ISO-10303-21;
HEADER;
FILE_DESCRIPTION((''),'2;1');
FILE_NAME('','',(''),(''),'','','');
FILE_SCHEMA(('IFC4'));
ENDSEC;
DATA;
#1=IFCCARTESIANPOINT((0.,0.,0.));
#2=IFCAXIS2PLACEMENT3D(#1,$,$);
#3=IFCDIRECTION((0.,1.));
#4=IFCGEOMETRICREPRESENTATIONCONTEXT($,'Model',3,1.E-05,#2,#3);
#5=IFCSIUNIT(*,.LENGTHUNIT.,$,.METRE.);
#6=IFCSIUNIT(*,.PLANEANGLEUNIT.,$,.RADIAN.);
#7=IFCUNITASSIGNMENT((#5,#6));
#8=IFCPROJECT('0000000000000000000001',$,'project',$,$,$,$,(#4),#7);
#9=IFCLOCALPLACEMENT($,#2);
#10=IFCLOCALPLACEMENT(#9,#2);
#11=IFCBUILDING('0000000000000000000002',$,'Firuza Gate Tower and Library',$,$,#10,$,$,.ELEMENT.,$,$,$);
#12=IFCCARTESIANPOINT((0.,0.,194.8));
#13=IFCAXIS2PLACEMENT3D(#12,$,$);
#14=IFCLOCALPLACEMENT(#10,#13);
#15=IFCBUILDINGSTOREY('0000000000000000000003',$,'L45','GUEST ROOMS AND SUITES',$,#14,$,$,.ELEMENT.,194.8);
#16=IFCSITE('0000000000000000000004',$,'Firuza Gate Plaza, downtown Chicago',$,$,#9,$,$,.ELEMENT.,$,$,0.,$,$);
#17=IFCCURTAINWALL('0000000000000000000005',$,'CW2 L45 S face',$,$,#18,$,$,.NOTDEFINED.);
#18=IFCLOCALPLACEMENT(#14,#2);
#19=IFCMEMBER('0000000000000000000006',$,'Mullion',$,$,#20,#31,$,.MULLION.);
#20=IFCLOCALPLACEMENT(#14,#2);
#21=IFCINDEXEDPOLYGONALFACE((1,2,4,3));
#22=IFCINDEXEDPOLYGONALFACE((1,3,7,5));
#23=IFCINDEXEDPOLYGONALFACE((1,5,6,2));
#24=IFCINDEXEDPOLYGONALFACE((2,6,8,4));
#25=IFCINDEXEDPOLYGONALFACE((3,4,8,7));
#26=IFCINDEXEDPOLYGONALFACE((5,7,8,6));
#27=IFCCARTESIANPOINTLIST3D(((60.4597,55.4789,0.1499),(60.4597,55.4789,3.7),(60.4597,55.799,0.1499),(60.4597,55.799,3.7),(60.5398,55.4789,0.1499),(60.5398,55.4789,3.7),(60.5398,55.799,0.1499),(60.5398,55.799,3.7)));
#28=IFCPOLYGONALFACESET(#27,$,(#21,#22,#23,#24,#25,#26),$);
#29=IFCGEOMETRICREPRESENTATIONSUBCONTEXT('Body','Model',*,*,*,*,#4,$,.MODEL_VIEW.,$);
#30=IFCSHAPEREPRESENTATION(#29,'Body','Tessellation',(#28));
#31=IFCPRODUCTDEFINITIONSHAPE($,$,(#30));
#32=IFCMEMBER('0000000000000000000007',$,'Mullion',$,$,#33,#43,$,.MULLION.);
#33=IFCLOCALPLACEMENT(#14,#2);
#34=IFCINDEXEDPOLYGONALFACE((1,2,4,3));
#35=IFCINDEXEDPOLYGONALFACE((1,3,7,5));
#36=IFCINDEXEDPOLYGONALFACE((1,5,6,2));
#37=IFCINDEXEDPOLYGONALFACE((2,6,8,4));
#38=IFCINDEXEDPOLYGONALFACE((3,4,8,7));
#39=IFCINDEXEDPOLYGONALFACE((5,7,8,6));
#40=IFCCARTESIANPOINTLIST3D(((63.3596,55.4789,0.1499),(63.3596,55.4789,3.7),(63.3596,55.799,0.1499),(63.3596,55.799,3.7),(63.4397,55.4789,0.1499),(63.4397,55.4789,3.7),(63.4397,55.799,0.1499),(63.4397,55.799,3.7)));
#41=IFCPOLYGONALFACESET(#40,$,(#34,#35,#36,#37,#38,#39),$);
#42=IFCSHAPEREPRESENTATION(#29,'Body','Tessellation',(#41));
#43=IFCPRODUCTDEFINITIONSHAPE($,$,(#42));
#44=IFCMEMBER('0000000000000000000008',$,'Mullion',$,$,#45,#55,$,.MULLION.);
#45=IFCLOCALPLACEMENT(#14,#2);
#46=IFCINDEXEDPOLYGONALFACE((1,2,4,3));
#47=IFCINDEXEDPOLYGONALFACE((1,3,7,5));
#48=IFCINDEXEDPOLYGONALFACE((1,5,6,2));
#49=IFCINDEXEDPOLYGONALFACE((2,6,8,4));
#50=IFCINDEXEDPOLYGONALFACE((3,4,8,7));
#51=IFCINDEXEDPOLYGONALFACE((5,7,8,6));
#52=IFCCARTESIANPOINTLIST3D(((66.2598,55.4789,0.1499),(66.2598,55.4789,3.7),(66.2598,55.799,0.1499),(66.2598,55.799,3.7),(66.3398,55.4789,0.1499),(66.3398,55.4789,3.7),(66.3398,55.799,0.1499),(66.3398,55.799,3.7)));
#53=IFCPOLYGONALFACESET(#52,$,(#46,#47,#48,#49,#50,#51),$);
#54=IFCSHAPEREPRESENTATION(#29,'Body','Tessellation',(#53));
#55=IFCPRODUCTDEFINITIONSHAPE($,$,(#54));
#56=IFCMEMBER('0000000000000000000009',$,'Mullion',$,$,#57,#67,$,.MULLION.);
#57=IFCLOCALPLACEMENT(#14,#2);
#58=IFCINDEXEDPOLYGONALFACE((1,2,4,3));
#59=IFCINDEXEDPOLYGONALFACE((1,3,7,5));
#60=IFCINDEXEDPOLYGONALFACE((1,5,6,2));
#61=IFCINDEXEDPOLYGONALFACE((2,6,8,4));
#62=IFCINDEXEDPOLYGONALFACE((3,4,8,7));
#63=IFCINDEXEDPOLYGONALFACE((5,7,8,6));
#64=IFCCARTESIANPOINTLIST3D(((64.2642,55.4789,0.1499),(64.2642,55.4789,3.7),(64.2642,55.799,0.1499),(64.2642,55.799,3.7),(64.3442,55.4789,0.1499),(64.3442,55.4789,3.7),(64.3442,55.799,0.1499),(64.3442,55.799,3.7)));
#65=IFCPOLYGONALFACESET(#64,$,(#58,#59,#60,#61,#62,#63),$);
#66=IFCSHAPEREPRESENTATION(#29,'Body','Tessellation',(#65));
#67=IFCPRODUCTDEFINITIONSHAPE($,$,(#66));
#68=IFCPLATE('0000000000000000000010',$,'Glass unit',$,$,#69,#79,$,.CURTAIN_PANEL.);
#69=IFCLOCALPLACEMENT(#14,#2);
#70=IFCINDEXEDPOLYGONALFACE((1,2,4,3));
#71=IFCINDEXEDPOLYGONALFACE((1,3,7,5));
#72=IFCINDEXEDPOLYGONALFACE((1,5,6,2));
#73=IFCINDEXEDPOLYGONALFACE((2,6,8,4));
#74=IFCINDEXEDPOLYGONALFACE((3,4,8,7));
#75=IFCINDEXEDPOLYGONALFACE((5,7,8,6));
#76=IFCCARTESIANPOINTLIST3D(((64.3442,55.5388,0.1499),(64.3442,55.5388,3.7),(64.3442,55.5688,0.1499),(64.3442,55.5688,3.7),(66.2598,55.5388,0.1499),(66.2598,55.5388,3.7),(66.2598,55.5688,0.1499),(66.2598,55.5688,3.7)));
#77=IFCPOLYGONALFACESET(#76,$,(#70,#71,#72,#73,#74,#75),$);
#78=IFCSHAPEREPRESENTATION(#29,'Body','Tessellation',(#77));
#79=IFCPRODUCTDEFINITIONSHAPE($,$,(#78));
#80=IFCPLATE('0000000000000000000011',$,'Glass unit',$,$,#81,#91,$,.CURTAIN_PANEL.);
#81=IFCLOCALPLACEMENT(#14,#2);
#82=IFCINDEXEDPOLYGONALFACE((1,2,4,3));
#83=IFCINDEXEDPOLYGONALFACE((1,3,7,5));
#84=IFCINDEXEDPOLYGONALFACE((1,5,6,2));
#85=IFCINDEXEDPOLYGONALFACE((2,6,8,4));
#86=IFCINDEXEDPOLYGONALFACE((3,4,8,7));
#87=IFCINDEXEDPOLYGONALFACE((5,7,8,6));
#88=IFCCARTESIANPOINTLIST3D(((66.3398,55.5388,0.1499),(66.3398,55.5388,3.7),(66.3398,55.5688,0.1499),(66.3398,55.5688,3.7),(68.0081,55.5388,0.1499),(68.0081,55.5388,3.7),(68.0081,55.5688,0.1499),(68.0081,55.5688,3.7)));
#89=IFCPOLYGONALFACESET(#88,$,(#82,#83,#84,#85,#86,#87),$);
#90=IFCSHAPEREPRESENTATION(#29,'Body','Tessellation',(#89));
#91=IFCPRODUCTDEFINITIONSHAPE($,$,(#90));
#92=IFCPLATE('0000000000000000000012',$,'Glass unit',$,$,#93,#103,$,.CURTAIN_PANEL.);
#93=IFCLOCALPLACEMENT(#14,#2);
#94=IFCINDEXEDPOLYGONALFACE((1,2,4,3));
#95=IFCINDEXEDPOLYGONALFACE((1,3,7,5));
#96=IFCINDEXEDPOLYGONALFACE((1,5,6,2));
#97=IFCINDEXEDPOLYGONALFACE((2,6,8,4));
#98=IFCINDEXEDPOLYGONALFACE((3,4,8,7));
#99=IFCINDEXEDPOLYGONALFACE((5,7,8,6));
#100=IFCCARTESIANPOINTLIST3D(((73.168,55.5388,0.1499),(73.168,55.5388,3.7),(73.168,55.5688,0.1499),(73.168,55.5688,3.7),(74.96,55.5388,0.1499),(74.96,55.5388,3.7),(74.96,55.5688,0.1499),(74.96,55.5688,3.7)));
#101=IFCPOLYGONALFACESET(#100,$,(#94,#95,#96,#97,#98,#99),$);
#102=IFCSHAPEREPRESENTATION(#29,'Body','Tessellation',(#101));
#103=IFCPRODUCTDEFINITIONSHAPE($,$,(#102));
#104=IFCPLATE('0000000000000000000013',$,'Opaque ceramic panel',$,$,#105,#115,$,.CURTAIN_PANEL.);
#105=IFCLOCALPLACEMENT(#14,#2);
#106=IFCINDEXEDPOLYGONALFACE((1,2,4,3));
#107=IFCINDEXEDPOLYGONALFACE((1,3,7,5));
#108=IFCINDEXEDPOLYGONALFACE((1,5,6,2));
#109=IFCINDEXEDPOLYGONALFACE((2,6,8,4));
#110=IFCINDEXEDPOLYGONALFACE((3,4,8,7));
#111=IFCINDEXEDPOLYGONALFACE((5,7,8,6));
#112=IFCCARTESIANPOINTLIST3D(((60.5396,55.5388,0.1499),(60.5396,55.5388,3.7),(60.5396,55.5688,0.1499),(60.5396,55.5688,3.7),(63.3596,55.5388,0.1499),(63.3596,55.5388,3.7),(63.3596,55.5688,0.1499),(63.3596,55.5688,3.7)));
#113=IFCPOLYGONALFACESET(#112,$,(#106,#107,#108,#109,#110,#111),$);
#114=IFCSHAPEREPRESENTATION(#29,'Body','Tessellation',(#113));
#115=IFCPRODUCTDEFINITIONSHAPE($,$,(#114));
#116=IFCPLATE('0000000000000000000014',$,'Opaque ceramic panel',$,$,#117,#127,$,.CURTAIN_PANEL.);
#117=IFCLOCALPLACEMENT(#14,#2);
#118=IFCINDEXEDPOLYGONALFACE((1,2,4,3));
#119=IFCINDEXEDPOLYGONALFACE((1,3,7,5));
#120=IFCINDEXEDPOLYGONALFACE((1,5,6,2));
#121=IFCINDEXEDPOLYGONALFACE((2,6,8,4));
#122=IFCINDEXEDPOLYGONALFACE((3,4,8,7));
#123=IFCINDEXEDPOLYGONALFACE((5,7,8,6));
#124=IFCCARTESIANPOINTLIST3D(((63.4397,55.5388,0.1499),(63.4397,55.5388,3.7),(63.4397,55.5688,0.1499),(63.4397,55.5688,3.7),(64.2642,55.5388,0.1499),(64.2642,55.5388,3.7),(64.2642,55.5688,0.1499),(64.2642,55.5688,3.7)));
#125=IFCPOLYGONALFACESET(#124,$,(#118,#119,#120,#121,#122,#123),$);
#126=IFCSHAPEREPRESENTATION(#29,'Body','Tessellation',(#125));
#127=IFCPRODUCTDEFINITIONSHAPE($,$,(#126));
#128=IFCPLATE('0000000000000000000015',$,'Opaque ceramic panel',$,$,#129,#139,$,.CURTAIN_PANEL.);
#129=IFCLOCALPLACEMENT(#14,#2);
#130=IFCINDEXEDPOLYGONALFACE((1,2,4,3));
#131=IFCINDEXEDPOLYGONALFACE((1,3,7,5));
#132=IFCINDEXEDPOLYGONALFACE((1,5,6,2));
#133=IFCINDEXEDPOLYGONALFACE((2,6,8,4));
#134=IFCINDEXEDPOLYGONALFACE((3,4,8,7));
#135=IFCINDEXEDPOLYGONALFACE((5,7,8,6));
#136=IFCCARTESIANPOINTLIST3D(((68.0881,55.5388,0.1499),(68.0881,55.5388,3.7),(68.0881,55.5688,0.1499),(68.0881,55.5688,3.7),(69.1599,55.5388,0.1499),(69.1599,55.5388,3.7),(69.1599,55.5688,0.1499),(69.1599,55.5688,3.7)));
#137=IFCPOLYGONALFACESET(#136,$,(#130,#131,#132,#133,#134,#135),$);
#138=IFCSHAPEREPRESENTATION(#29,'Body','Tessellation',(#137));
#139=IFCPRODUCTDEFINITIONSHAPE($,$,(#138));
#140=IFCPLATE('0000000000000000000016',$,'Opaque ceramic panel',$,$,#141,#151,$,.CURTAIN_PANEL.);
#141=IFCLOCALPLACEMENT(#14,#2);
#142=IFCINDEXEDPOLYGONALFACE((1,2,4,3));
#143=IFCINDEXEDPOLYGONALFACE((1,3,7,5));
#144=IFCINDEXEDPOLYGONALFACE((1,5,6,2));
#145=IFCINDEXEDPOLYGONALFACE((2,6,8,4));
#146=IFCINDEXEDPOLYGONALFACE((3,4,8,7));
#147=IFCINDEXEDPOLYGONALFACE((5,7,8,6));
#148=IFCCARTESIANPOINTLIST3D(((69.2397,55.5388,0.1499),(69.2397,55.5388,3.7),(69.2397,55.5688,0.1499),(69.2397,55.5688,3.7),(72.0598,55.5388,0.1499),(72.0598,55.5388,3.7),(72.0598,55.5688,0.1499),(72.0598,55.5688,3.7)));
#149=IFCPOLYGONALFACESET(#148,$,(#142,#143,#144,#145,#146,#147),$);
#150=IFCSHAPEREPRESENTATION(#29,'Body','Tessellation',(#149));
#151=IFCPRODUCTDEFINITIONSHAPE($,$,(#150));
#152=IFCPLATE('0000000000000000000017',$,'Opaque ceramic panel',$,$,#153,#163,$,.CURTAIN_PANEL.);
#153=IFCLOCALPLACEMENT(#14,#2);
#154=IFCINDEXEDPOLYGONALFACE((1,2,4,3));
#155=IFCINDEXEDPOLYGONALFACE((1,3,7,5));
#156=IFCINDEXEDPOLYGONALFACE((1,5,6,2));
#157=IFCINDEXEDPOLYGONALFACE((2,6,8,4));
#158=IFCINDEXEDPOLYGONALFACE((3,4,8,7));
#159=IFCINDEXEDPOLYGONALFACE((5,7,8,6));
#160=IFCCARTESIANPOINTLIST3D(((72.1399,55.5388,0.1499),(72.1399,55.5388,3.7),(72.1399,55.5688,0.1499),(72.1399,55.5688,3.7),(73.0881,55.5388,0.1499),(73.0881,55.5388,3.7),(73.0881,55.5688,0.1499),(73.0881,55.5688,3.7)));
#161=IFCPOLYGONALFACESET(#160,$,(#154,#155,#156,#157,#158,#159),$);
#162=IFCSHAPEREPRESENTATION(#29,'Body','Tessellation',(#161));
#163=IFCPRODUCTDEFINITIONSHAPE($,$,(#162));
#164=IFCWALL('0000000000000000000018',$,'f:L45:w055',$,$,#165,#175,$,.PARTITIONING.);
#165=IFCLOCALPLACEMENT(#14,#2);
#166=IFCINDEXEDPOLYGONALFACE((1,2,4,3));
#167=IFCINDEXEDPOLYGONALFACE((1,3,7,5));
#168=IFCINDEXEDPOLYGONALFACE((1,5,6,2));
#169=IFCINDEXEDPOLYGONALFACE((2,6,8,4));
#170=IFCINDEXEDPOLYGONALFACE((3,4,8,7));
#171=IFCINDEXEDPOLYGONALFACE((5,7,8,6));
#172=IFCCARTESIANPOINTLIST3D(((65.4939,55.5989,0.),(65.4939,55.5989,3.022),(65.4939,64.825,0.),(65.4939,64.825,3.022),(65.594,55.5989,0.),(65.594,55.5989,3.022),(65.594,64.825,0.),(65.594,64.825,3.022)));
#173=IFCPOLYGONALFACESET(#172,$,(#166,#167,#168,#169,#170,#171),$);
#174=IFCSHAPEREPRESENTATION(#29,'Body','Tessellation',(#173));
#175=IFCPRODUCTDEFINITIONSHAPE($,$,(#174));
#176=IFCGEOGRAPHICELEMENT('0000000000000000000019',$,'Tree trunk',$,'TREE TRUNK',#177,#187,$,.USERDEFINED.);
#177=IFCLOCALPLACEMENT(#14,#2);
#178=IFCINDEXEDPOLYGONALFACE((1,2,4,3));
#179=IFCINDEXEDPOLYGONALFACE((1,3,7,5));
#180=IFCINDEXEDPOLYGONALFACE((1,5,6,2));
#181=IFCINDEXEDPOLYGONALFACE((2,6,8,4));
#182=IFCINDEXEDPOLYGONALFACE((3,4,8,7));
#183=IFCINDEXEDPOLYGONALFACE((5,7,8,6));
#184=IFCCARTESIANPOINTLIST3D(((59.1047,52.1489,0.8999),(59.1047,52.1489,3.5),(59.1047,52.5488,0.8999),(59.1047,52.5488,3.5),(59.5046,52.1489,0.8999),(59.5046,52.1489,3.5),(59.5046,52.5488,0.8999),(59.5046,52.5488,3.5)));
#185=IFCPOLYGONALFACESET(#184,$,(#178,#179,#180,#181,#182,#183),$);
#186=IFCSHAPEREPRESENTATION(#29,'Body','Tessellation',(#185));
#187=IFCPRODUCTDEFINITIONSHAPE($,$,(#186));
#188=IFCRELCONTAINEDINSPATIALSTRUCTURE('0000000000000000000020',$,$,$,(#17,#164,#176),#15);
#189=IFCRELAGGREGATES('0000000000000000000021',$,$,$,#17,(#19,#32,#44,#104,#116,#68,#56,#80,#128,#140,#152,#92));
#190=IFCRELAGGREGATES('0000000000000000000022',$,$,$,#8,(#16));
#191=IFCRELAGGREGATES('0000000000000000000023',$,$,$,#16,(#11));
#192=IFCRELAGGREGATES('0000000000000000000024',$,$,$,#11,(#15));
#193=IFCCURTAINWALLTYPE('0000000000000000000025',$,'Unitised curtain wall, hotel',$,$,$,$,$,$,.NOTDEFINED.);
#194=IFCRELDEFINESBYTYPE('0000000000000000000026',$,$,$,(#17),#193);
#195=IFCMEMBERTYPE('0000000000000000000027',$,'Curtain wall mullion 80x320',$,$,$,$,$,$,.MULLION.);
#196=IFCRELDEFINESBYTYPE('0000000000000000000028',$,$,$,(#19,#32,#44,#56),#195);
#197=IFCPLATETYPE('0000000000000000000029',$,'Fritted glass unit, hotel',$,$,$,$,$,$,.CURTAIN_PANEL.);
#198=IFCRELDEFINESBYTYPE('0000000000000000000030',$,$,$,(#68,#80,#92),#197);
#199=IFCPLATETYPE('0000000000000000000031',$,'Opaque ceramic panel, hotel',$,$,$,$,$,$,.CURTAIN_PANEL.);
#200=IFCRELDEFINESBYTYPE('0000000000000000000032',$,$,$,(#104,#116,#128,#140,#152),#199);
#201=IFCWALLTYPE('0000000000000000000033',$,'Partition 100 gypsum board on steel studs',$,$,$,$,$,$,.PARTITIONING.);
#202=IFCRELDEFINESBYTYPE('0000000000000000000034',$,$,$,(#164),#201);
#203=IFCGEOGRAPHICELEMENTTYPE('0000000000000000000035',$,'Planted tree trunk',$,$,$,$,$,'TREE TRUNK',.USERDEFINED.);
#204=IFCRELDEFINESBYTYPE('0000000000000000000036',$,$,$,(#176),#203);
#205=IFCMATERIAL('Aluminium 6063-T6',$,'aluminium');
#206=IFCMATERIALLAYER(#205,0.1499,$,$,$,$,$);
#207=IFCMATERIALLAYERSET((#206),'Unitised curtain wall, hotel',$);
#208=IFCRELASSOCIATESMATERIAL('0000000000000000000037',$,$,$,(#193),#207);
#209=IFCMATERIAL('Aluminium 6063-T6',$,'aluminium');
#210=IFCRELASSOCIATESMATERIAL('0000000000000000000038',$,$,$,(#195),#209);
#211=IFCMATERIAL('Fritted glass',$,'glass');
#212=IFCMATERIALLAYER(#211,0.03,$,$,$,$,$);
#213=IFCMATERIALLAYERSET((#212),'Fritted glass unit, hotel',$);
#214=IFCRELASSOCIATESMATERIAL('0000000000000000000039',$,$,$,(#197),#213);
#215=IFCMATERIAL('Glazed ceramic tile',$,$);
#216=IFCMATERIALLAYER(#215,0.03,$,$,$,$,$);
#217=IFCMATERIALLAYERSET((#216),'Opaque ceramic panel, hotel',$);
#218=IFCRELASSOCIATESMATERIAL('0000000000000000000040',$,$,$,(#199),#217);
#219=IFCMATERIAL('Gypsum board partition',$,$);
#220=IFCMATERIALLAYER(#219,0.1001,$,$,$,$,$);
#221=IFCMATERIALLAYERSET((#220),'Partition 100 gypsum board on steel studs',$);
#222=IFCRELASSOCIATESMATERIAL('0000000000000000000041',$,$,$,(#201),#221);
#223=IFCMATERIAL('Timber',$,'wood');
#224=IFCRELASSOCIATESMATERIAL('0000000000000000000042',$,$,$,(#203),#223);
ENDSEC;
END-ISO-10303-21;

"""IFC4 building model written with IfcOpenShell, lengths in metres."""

from ifc_helpers import new_model, si_unit, direction, frame, frame_2d, origin, origin_2d, place, context, subcontext, project, spatial, polyline, rectangle, outline, extrude, material, layer, layer_set, material_profile, profile_set, type_object, element, aggregate, save


model = new_model("IFC4")

# Units and contexts
model_context = context("Model", 3, precision=1e-05, world=origin(), true_north=direction((0.0, 1.0)))
body_context = subcontext(model_context, "Body", "Model", "MODEL_VIEW")
ifc_project = project(units=[si_unit("LENGTHUNIT", "METRE"), si_unit("PLANEANGLEUNIT", "RADIAN")], contexts=[model_context])

# Site, building, storey
site_placement = place(None, origin())
site = spatial("IfcSite", under=ifc_project, at=site_placement, Name="Firuza Gate Plaza, downtown Chicago", CompositionType="ELEMENT", RefElevation=0.0)
building_placement = place(site_placement, origin())
building = spatial("IfcBuilding", under=site, at=building_placement, Name="Firuza Gate Tower and Library", CompositionType="ELEMENT")
storey_placement = place(building_placement, frame((0.0, 0.0, 194.8)))
storey = spatial("IfcBuildingStorey", under=building, at=storey_placement, Name="L45", Description="GUEST ROOMS AND SUITES", CompositionType="ELEMENT", Elevation=194.8)

# Curtain wall, members, plates
ifc_material_1 = material(Name="Aluminium 6063-T6", Category="aluminium")
ifc_layer_1 = layer(ifc_material_1, 0.1499)
ifc_layer_set_1 = layer_set([ifc_layer_1], Name="Unitised curtain wall, hotel")
curtain_wall_type = type_object("IfcCurtainWallType", Name="Unitised curtain wall, hotel", PredefinedType="NOTDEFINED", material=ifc_layer_set_1)
curtain_wall_placement = place(storey_placement, origin())
curtain_wall = element("IfcCurtainWall", 1, at=curtain_wall_placement, inside=storey, type_object=curtain_wall_type, Name="CW2 L45 S face", PredefinedType="NOTDEFINED")
ifc_material_2 = material(Name="Aluminium 6063-T6", Category="aluminium")
ifc_material_profile = material_profile(ifc_material_2, rectangle(XDim=0.3201, YDim=0.0801, at=origin_2d()))
ifc_profile_set = profile_set([ifc_material_profile], Name="Aluminium 6063-T6")
member_type = type_object("IfcMemberType", Name="Curtain wall mullion 80x320", PredefinedType="MULLION", material=ifc_profile_set)
member_1_placement = place(storey_placement, frame((60.4998, 55.6389, 0.1499), z_axis=(0.0, 0.0, 1.0), x_axis=(0.0, 1.0, 0.0)))
member_1 = element("IfcMember", 2, at=member_1_placement, type_object=member_type, Name="Mullion", PredefinedType="MULLION", context=body_context, shape_type="SweptSolid", body=[
    extrude(rectangle(XDim=0.3201, YDim=0.0801, at=origin_2d()), origin(), (0.0, 0.0, 1.0), 3.55),
])
member_2_placement = place(storey_placement, frame((63.3997, 55.6389, 0.1499), z_axis=(0.0, 0.0, 1.0), x_axis=(0.0, 1.0, 0.0)))
member_2 = element("IfcMember", 3, at=member_2_placement, type_object=member_type, Name="Mullion", PredefinedType="MULLION", context=body_context, shape_type="SweptSolid", body=[
    extrude(rectangle(XDim=0.3201, YDim=0.0801, at=origin_2d()), origin(), (0.0, 0.0, 1.0), 3.55),
])
member_3_placement = place(storey_placement, frame((66.2998, 55.6389, 0.1499), z_axis=(0.0, 0.0, 1.0), x_axis=(0.0, 1.0, 0.0)))
member_3 = element("IfcMember", 4, at=member_3_placement, type_object=member_type, Name="Mullion", PredefinedType="MULLION", context=body_context, shape_type="SweptSolid", body=[
    extrude(rectangle(XDim=0.3201, YDim=0.0801, at=origin_2d()), origin(), (0.0, 0.0, 1.0), 3.55),
])
member_4_placement = place(storey_placement, frame((64.3042, 55.6389, 0.1499), z_axis=(0.0, 0.0, 1.0), x_axis=(0.0, 1.0, 0.0)))
member_4 = element("IfcMember", 5, at=member_4_placement, type_object=member_type, Name="Mullion", PredefinedType="MULLION", context=body_context, shape_type="SweptSolid", body=[
    extrude(rectangle(XDim=0.3201, YDim=0.0801, at=origin_2d()), origin(), (0.0, 0.0, 1.0), 3.55),
])
ifc_material_3 = material(Name="Fritted glass", Category="glass")
ifc_layer_2 = layer(ifc_material_3, 0.03)
ifc_layer_set_2 = layer_set([ifc_layer_2], Name="Fritted glass unit, hotel")
plate_type_1 = type_object("IfcPlateType", Name="Fritted glass unit, hotel", PredefinedType="CURTAIN_PANEL", material=ifc_layer_set_2)
plate_1_placement = place(storey_placement, frame((64.3442, 55.5388, 0.1499), z_axis=(0.0, -1.0, 0.0), x_axis=(1.0, 0.0, 0.0)))
plate_1 = element("IfcPlate", 6, at=plate_1_placement, type_object=plate_type_1, Name="Glass unit", PredefinedType="CURTAIN_PANEL", context=body_context, shape_type="SweptSolid", body=[
    extrude(outline(polyline([(0.0, 0.0), (1.9155, 0.0), (1.9155, 3.55), (0.0, 3.55), (0.0, 0.0)])), origin(), (0.0, 0.0, -1.0), 0.03),
])
plate_2_placement = place(storey_placement, frame((66.3398, 55.5388, 0.1499), z_axis=(0.0, -1.0, 0.0), x_axis=(1.0, 0.0, 0.0)))
plate_2 = element("IfcPlate", 7, at=plate_2_placement, type_object=plate_type_1, Name="Glass unit", PredefinedType="CURTAIN_PANEL", context=body_context, shape_type="SweptSolid", body=[
    extrude(outline(polyline([(0.0, 0.0), (1.6682, 0.0), (1.6682, 3.55), (0.0, 3.55), (0.0, 0.0)])), origin(), (0.0, 0.0, -1.0), 0.03),
])
plate_3_placement = place(storey_placement, frame((73.168, 55.5388, 0.1499), z_axis=(0.0, -1.0, 0.0), x_axis=(1.0, 0.0, 0.0)))
plate_3 = element("IfcPlate", 8, at=plate_3_placement, type_object=plate_type_1, Name="Glass unit", PredefinedType="CURTAIN_PANEL", context=body_context, shape_type="SweptSolid", body=[
    extrude(outline(polyline([(0.0, 0.0), (1.792, 0.0), (1.792, 3.55), (0.0, 3.55), (0.0, 0.0)])), origin(), (0.0, 0.0, -1.0), 0.03),
])
ifc_material_4 = material(Name="Glazed ceramic tile")
ifc_layer_3 = layer(ifc_material_4, 0.03)
ifc_layer_set_3 = layer_set([ifc_layer_3], Name="Opaque ceramic panel, hotel")
plate_type_2 = type_object("IfcPlateType", Name="Opaque ceramic panel, hotel", PredefinedType="CURTAIN_PANEL", material=ifc_layer_set_3)
plate_4_placement = place(storey_placement, frame((60.5396, 55.5388, 0.1499), z_axis=(0.0, -1.0, 0.0), x_axis=(1.0, 0.0, 0.0)))
plate_4 = element("IfcPlate", 9, at=plate_4_placement, type_object=plate_type_2, Name="Opaque ceramic panel", PredefinedType="CURTAIN_PANEL", context=body_context, shape_type="SweptSolid", body=[
    extrude(outline(polyline([(0.0, 0.0), (2.8201, 0.0), (2.8201, 3.55), (0.0, 3.55), (0.0, 0.0)])), origin(), (0.0, 0.0, -1.0), 0.03),
])
plate_5_placement = place(storey_placement, frame((63.4397, 55.5388, 0.1499), z_axis=(0.0, -1.0, 0.0), x_axis=(1.0, 0.0, 0.0)))
plate_5 = element("IfcPlate", 10, at=plate_5_placement, type_object=plate_type_2, Name="Opaque ceramic panel", PredefinedType="CURTAIN_PANEL", context=body_context, shape_type="SweptSolid", body=[
    extrude(outline(polyline([(0.0, 0.0), (0.8245, 0.0), (0.8245, 3.55), (0.0, 3.55), (0.0, 0.0)])), origin(), (0.0, 0.0, -1.0), 0.03),
])
plate_6_placement = place(storey_placement, frame((68.0881, 55.5388, 0.1499), z_axis=(0.0, -1.0, 0.0), x_axis=(1.0, 0.0, 0.0)))
plate_6 = element("IfcPlate", 11, at=plate_6_placement, type_object=plate_type_2, Name="Opaque ceramic panel", PredefinedType="CURTAIN_PANEL", context=body_context, shape_type="SweptSolid", body=[
    extrude(outline(polyline([(0.0, 0.0), (1.0718, 0.0), (1.0718, 3.55), (0.0, 3.55), (0.0, 0.0)])), origin(), (0.0, 0.0, -1.0), 0.03),
])
plate_7_placement = place(storey_placement, frame((69.2397, 55.5388, 0.1499), z_axis=(0.0, -1.0, 0.0), x_axis=(1.0, 0.0, 0.0)))
plate_7 = element("IfcPlate", 12, at=plate_7_placement, type_object=plate_type_2, Name="Opaque ceramic panel", PredefinedType="CURTAIN_PANEL", context=body_context, shape_type="SweptSolid", body=[
    extrude(outline(polyline([(0.0, 0.0), (2.8201, 0.0), (2.8201, 3.55), (0.0, 3.55), (0.0, 0.0)])), origin(), (0.0, 0.0, -1.0), 0.03),
])
plate_8_placement = place(storey_placement, frame((72.1399, 55.5388, 0.1499), z_axis=(0.0, -1.0, 0.0), x_axis=(1.0, 0.0, 0.0)))
plate_8 = element("IfcPlate", 13, at=plate_8_placement, type_object=plate_type_2, Name="Opaque ceramic panel", PredefinedType="CURTAIN_PANEL", context=body_context, shape_type="SweptSolid", body=[
    extrude(outline(polyline([(0.0, 0.0), (0.9482, 0.0), (0.9482, 3.55), (0.0, 3.55), (0.0, 0.0)])), origin(), (0.0, 0.0, -1.0), 0.03),
])
aggregate(curtain_wall, [member_1, member_2, member_3, plate_4, plate_5, plate_1, member_4, plate_2, plate_6, plate_7, plate_8, plate_3])

# Wall
ifc_material_5 = material(Name="Gypsum board partition")
ifc_layer_4 = layer(ifc_material_5, 0.1001)
ifc_layer_set_4 = layer_set([ifc_layer_4], Name="Partition 100 gypsum board on steel studs")
wall_type = type_object("IfcWallType", Name="Partition 100 gypsum board on steel studs", PredefinedType="PARTITIONING", material=ifc_layer_set_4)
wall_placement = place(storey_placement, frame((65.5439, 55.5989, 0.0), z_axis=(0.0, 0.0, 1.0), x_axis=(0.0, 1.0, 0.0)))
element("IfcWall", 14, at=wall_placement, inside=storey, type_object=wall_type, Name="f:L45:w055", PredefinedType="PARTITIONING", context=body_context, shape_type="SweptSolid", body=[
    extrude(rectangle(XDim=9.2261, YDim=0.1001, at=frame_2d((4.613, 0.0))), origin(), (0.0, 0.0, 1.0), 3.022),
])

# Geographic element
ifc_material_6 = material(Name="Timber", Category="wood")
geographic_element_type = type_object("IfcGeographicElementType", Name="Planted tree trunk", ElementType="TREE TRUNK", PredefinedType="USERDEFINED", material=ifc_material_6)
for number, where, z_axis, x_axis, name in (
    (15, (59.3047, 52.3489, 0.8999), (0.0, 0.0, 1.0), (1.0, 0.0, 0.0), "Tree trunk"),
):
    element("IfcGeographicElement", number, at=place(storey_placement, frame(where, z_axis=z_axis, x_axis=x_axis)), inside=storey, type_object=geographic_element_type, Name=name, ObjectType="TREE TRUNK", PredefinedType="USERDEFINED", context=body_context, shape_type="SweptSolid", body=[
        extrude(rectangle(XDim=0.3999, YDim=0.3999, at=origin_2d()), origin(), (0.0, 0.0, 1.0), 2.6001),
    ])

save(model, "model.ifc")
